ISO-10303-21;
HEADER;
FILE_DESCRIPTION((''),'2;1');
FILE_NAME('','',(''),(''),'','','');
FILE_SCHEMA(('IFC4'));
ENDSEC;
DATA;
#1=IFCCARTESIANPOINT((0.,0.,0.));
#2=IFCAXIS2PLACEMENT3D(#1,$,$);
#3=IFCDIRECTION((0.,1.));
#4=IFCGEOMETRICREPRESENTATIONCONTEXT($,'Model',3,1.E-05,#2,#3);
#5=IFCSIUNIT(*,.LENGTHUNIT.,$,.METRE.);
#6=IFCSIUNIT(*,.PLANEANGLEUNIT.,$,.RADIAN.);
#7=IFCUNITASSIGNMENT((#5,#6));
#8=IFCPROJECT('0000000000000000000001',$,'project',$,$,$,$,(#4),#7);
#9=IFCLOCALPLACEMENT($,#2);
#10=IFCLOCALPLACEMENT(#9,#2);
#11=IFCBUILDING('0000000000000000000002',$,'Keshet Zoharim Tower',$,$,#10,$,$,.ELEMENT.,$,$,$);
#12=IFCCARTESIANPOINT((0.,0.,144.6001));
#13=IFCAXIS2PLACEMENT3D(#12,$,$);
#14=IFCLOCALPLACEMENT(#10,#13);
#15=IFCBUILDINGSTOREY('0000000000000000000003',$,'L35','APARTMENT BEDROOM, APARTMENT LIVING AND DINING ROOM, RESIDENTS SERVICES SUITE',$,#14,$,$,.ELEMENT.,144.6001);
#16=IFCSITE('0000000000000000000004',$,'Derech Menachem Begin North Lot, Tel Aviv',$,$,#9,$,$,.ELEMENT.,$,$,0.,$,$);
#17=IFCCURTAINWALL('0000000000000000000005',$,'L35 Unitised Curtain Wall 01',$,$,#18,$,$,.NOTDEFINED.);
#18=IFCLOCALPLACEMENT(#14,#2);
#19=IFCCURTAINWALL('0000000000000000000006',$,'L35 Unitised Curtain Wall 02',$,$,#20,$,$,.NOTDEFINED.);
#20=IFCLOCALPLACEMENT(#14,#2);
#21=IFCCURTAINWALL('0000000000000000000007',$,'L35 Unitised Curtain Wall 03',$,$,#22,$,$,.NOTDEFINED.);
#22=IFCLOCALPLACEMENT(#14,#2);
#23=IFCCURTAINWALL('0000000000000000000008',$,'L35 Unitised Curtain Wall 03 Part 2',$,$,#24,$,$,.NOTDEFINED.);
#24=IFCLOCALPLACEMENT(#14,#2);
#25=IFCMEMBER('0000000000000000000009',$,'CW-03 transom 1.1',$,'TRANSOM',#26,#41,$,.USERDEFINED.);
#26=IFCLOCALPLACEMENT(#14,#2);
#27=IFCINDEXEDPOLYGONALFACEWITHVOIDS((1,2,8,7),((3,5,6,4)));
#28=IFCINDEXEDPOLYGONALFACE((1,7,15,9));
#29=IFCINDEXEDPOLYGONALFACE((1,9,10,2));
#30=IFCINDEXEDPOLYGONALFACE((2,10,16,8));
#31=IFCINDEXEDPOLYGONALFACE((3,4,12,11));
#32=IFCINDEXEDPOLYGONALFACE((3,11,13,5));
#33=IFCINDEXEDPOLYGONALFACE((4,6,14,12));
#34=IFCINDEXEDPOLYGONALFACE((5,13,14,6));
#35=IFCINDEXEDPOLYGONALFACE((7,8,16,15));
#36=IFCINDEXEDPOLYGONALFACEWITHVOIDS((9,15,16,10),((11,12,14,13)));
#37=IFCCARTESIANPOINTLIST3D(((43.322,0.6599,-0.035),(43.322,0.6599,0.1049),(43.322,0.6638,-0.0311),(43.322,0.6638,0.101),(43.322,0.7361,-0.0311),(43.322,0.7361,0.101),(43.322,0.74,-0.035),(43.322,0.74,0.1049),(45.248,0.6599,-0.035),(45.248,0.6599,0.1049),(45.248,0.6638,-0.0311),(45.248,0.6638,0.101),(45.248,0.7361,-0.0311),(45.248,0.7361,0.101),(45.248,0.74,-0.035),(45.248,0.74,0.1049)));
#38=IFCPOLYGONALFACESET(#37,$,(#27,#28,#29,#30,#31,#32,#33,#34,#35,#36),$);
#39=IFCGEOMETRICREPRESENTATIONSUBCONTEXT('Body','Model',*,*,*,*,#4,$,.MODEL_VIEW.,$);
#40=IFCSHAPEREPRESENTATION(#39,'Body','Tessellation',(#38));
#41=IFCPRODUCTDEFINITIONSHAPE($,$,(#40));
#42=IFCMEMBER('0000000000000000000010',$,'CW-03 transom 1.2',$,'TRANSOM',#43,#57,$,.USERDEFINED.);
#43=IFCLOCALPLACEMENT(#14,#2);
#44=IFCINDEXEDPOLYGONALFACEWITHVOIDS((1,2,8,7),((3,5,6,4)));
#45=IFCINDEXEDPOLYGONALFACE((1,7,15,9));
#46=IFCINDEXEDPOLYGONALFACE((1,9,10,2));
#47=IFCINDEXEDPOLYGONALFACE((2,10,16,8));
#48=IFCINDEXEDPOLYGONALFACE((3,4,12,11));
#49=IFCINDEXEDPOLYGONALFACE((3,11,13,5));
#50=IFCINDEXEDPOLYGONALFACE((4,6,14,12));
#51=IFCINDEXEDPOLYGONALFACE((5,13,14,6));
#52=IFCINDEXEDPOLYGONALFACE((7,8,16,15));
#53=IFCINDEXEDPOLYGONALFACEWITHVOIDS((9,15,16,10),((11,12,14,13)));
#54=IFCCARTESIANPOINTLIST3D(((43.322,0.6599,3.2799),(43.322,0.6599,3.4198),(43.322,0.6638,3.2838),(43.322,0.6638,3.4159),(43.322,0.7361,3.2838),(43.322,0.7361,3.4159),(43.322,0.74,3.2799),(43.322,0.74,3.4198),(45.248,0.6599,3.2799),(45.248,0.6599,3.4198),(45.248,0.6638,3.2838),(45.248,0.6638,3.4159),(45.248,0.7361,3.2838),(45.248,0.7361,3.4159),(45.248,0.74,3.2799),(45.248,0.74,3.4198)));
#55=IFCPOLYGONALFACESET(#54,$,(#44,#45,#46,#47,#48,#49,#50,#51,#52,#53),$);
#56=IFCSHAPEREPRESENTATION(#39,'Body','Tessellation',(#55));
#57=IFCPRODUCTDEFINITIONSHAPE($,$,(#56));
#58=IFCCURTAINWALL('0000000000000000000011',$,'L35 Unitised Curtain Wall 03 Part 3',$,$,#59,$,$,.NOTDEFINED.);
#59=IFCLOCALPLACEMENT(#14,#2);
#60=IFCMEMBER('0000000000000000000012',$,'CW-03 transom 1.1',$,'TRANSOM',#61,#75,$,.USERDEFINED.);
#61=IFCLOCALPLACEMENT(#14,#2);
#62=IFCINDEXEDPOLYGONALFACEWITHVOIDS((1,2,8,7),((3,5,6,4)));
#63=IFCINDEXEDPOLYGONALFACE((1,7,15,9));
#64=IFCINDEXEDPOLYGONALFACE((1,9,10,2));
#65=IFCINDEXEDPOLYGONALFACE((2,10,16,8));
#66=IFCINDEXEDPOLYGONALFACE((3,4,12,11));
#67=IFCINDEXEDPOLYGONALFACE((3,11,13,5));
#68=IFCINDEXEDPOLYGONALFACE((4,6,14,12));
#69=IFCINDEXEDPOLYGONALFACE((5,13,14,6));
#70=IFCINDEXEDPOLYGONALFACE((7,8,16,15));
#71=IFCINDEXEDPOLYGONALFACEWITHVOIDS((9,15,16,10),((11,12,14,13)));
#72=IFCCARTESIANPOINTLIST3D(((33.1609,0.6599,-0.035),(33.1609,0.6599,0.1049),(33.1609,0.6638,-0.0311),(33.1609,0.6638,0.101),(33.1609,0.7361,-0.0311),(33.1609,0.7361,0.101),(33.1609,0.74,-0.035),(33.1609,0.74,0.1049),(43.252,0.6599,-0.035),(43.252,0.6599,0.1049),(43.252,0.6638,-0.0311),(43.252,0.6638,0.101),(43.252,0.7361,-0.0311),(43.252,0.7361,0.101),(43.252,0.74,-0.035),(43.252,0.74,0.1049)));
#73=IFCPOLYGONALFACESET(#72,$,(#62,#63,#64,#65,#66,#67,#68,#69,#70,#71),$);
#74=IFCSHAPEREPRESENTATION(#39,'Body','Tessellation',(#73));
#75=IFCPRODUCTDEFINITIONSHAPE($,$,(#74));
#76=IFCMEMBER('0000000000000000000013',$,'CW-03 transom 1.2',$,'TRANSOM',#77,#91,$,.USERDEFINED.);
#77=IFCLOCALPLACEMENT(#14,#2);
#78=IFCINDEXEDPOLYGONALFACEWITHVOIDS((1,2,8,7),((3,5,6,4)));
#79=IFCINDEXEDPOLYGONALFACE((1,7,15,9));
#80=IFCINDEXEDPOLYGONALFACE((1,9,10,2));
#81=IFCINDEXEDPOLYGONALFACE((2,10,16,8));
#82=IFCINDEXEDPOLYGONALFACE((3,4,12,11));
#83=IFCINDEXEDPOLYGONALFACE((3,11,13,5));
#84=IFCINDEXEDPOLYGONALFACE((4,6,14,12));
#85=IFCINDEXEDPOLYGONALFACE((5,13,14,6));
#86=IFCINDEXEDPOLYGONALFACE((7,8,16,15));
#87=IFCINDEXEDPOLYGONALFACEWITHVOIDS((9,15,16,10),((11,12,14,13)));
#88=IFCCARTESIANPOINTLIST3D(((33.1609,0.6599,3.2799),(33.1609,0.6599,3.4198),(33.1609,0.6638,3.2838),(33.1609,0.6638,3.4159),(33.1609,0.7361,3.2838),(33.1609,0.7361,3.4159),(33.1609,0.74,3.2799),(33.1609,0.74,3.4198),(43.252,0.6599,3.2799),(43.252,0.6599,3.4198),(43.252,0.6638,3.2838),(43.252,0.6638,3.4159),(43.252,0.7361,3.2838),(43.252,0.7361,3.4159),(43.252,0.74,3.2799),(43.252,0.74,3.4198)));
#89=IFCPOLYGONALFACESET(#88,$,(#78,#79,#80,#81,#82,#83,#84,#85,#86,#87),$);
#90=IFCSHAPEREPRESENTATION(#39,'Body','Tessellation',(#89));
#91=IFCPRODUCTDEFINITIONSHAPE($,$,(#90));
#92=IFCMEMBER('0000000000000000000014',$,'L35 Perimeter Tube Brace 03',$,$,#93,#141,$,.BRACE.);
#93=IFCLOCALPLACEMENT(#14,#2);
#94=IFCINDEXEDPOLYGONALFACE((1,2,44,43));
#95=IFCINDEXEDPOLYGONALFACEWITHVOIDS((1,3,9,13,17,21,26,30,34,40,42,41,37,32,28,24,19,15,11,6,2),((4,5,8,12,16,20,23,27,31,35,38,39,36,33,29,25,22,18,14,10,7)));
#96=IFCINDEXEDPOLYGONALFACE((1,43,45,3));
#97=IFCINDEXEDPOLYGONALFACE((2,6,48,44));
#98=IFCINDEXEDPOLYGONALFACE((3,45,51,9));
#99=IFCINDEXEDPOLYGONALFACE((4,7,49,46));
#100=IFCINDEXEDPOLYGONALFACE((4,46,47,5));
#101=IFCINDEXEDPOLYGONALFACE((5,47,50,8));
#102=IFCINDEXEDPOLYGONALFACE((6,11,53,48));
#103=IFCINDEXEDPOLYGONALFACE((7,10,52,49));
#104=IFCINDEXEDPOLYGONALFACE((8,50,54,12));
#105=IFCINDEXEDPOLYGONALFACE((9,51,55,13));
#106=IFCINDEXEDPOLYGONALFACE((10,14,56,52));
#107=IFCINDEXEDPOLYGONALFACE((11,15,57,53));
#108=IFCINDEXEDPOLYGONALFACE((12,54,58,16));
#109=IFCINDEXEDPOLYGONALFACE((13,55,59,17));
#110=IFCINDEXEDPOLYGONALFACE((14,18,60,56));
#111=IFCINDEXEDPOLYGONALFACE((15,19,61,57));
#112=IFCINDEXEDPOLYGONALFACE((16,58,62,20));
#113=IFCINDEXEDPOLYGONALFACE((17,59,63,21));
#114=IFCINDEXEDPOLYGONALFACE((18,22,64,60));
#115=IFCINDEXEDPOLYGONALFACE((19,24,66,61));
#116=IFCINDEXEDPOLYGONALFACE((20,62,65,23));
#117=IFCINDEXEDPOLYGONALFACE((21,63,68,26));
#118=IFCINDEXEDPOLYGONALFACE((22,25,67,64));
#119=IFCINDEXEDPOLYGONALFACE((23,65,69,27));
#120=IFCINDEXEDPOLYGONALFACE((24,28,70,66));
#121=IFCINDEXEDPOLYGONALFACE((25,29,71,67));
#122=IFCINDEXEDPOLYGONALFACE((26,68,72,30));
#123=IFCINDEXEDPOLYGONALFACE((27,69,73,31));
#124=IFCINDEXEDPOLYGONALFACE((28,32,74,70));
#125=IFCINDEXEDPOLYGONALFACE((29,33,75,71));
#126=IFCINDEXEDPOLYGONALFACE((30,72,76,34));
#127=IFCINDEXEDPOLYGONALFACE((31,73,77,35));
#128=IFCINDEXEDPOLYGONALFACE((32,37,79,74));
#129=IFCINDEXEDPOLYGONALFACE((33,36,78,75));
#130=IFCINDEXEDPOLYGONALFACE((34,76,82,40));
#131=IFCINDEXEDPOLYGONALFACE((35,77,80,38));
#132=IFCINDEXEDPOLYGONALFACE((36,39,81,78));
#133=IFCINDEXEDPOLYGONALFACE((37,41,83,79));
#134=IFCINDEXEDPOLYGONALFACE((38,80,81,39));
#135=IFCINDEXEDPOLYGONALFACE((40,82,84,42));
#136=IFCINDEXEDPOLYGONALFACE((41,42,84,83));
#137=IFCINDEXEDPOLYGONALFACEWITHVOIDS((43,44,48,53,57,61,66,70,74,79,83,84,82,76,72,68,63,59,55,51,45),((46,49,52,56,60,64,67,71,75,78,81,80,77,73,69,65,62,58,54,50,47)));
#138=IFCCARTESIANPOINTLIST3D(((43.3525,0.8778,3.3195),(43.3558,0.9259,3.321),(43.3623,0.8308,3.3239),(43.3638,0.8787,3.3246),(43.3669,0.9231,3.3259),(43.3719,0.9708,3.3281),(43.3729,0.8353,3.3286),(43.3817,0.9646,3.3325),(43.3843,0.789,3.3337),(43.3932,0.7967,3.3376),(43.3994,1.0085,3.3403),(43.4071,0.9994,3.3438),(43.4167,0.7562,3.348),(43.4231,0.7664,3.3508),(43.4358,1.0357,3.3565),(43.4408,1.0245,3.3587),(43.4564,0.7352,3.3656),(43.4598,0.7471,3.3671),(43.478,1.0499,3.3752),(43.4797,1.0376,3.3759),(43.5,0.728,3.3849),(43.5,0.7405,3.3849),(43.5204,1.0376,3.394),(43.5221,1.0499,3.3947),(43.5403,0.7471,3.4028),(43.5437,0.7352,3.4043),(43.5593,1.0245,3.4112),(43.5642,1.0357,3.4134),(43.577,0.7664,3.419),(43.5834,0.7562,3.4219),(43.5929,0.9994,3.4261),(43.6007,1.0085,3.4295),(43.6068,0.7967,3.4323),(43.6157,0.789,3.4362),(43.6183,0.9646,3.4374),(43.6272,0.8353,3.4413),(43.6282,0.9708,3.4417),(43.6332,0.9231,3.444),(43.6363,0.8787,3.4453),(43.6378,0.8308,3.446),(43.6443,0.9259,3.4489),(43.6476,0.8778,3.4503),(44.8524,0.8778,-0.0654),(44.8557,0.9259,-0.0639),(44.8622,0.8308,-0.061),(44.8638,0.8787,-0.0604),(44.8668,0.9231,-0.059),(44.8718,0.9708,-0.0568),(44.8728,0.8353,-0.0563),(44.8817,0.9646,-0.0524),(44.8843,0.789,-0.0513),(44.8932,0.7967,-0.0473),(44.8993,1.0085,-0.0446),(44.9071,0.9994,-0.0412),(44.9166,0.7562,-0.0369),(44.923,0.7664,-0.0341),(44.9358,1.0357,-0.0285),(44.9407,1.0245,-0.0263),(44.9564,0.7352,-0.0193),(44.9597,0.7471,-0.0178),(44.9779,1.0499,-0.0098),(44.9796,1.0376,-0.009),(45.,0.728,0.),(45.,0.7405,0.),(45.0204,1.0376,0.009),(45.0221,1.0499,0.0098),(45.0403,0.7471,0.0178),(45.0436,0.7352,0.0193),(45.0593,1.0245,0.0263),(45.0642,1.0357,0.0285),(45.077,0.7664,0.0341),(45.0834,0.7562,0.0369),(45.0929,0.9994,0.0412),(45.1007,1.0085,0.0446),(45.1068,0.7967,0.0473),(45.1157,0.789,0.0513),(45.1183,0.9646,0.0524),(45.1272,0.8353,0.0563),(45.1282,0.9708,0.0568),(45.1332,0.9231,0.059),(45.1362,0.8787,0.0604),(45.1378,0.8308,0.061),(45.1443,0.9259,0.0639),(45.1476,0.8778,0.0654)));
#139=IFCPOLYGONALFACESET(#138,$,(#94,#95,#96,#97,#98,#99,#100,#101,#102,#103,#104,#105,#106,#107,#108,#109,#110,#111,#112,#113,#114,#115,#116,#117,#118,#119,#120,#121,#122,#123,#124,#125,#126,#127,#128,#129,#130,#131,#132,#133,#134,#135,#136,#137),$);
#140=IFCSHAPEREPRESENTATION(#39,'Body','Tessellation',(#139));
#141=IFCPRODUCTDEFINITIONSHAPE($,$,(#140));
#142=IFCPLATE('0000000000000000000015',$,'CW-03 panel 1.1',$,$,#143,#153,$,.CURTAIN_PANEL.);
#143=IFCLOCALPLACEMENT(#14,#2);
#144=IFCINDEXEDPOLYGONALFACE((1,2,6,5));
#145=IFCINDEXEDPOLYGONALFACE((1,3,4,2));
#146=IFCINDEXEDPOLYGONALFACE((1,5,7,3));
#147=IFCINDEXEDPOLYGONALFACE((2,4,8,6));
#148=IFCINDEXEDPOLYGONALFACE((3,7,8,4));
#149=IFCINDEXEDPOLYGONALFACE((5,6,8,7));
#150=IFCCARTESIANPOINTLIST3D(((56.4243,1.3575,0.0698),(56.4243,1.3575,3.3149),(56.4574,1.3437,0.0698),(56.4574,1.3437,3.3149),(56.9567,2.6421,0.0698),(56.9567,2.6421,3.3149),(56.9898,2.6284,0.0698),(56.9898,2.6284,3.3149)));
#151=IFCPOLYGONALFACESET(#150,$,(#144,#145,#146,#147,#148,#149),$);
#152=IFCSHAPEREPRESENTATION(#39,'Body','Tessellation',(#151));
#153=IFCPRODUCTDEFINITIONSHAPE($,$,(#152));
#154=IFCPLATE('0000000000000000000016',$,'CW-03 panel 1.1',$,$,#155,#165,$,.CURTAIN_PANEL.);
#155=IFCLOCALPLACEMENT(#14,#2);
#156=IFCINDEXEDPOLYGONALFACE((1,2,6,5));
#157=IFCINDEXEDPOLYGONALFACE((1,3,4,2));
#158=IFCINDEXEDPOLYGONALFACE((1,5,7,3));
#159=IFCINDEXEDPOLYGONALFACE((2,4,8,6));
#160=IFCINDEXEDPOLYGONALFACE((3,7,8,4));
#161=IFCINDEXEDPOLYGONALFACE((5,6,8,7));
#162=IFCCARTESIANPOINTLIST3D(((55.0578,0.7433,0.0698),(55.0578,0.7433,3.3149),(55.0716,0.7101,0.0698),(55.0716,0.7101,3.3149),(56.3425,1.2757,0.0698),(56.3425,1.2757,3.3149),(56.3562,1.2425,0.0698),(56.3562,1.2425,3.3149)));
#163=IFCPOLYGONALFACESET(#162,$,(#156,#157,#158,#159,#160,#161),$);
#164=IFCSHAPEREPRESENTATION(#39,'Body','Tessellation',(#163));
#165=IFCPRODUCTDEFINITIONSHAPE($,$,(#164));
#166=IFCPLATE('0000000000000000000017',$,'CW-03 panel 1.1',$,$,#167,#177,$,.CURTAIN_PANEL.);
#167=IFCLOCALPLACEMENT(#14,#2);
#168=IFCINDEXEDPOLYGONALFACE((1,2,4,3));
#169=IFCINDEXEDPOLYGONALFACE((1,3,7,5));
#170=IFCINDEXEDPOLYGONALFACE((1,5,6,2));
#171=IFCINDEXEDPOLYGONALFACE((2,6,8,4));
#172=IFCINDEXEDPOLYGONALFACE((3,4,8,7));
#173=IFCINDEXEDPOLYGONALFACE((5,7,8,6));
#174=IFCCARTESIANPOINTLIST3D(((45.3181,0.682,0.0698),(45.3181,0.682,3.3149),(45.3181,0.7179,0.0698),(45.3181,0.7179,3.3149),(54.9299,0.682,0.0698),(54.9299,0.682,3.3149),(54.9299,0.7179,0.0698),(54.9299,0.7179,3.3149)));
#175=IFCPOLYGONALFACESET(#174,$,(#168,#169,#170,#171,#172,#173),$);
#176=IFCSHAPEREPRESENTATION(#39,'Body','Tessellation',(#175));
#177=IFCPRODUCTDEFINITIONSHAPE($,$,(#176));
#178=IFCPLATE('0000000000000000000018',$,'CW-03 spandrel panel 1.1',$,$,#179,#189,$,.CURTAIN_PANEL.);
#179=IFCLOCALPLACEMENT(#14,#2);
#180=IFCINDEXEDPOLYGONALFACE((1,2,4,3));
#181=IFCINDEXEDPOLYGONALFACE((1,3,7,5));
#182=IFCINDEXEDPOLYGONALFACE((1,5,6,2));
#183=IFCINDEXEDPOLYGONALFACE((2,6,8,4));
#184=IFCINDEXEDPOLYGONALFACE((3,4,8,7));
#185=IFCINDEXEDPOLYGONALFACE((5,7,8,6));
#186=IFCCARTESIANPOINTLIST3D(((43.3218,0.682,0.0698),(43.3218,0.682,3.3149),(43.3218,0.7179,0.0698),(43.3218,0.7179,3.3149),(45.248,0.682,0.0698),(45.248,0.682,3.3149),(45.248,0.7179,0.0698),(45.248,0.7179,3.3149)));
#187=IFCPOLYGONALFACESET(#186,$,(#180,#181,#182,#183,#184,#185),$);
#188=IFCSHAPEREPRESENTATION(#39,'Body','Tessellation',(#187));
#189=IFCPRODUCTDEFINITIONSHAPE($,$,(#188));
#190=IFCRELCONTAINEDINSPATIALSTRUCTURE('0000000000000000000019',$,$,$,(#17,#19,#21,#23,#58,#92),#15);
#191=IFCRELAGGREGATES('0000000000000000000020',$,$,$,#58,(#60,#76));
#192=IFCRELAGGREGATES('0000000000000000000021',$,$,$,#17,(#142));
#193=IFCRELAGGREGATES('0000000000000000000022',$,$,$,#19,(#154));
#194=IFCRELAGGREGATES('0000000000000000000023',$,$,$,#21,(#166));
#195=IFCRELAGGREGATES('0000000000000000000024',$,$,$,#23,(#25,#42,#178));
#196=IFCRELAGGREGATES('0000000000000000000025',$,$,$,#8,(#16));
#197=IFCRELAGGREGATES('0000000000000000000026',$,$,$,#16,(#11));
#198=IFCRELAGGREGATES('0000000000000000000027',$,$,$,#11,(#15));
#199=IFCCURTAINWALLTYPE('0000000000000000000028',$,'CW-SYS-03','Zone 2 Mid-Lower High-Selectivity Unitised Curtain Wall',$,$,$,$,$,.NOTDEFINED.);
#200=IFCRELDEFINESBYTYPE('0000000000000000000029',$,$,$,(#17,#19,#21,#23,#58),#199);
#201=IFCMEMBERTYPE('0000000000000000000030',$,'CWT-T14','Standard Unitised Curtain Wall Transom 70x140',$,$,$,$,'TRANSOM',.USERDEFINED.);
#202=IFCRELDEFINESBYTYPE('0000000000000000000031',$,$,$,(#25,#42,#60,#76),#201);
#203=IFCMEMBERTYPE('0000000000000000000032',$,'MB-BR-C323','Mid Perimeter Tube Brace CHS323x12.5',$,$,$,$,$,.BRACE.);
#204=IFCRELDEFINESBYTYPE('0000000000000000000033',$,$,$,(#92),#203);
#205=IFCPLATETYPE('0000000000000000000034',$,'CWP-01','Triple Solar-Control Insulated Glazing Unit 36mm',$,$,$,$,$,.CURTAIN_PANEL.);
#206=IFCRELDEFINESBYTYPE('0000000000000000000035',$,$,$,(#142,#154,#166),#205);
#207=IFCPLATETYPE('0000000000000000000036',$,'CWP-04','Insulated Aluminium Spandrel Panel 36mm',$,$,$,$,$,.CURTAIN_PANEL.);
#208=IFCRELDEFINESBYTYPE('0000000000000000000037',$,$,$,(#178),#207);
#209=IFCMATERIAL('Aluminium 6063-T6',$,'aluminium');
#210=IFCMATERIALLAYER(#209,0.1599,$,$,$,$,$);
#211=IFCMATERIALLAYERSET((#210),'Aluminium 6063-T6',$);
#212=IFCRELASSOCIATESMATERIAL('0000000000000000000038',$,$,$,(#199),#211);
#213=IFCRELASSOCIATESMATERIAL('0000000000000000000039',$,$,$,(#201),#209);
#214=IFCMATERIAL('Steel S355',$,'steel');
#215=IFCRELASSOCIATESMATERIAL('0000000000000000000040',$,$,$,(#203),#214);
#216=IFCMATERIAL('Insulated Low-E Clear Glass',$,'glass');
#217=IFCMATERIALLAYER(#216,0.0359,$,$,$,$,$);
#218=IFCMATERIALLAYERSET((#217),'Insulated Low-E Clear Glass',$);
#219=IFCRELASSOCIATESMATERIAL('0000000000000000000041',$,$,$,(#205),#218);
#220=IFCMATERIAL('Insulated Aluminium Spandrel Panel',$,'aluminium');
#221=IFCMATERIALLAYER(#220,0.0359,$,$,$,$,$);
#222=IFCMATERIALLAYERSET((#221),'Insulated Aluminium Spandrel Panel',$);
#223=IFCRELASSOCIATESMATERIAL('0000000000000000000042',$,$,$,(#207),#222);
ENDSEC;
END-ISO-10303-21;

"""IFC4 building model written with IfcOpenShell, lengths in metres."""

from ifc_helpers import new_model, si_unit, direction, frame, origin, origin_2d, place, context, subcontext, project, spatial, rectangle, hollow_rectangle, hollow_circle, extrude, material, layer, layer_set, material_profile, profile_set, type_object, element, aggregate, save


model = new_model("IFC4")

# Units and contexts
model_context = context("Model", 3, precision=1e-05, world=origin(), true_north=direction((0.0, 1.0)))
body_context = subcontext(model_context, "Body", "Model", "MODEL_VIEW")
ifc_project = project(units=[si_unit("LENGTHUNIT", "METRE"), si_unit("PLANEANGLEUNIT", "RADIAN")], contexts=[model_context])

# Site, building, storey
site_placement = place(None, origin())
site = spatial("IfcSite", under=ifc_project, at=site_placement, Name="Derech Menachem Begin North Lot, Tel Aviv", CompositionType="ELEMENT", RefElevation=0.0)
building_placement = place(site_placement, origin())
building = spatial("IfcBuilding", under=site, at=building_placement, Name="Keshet Zoharim Tower", CompositionType="ELEMENT")
storey_placement = place(building_placement, frame((0.0, 0.0, 144.6001)))
storey = spatial("IfcBuildingStorey", under=building, at=storey_placement, Name="L35", Description="APARTMENT BEDROOM, APARTMENT LIVING AND DINING ROOM, RESIDENTS SERVICES SUITE", CompositionType="ELEMENT", Elevation=144.6001)

# Shared definitions
ifc_material_1 = material(Name="Steel S355", Category="steel")

# Curtain walls
ifc_material_2 = material(Name="Aluminium 6063-T6", Category="aluminium")
ifc_layer_1 = layer(ifc_material_2, 0.1599)
ifc_layer_set_1 = layer_set([ifc_layer_1], Name="Aluminium 6063-T6")
curtain_wall_type = type_object("IfcCurtainWallType", Name="CW-SYS-03", Description="Zone 2 Mid-Lower High-Selectivity Unitised Curtain Wall", PredefinedType="NOTDEFINED", material=ifc_layer_set_1)
curtain_wall_1_placement = place(storey_placement, origin())
curtain_wall_1 = element("IfcCurtainWall", 1, at=curtain_wall_1_placement, inside=storey, type_object=curtain_wall_type, Name="L35 Unitised Curtain Wall 01", PredefinedType="NOTDEFINED")
curtain_wall_2_placement = place(storey_placement, origin())
curtain_wall_2 = element("IfcCurtainWall", 2, at=curtain_wall_2_placement, inside=storey, type_object=curtain_wall_type, Name="L35 Unitised Curtain Wall 02", PredefinedType="NOTDEFINED")
curtain_wall_3_placement = place(storey_placement, origin())
curtain_wall_3 = element("IfcCurtainWall", 3, at=curtain_wall_3_placement, inside=storey, type_object=curtain_wall_type, Name="L35 Unitised Curtain Wall 03", PredefinedType="NOTDEFINED")

# Curtain wall
curtain_wall_4_placement = place(storey_placement, origin())
curtain_wall_4 = element("IfcCurtainWall", 4, at=curtain_wall_4_placement, inside=storey, type_object=curtain_wall_type, Name="L35 Unitised Curtain Wall 03 Part 2", PredefinedType="NOTDEFINED")

# Members
ifc_material_profile_1 = material_profile(ifc_material_2, hollow_rectangle(XDim=0.0801, YDim=0.1399, WallThickness=0.0039, at=origin_2d()), Name="TRN-80x140")
ifc_profile_set_1 = profile_set([ifc_material_profile_1], Name="Aluminium 6063-T6")
member_type_1 = type_object("IfcMemberType", Name="CWT-T14", Description="Standard Unitised Curtain Wall Transom 70x140", ElementType="TRANSOM", PredefinedType="USERDEFINED", material=ifc_profile_set_1)
member_1_placement = place(storey_placement, frame((45.248, 0.7, 0.0349), z_axis=(-1.0, 0.0, 0.0), x_axis=(0.0, -1.0, 0.0)))
member_1 = element("IfcMember", 5, at=member_1_placement, type_object=member_type_1, Name="CW-03 transom 1.1", ObjectType="TRANSOM", PredefinedType="USERDEFINED", context=body_context, shape_type="SweptSolid", body=[
    extrude(hollow_rectangle(XDim=0.0801, YDim=0.1399, WallThickness=0.0039, at=origin_2d()), origin(), (0.0, 0.0, 1.0), 1.926),
])
member_2_placement = place(storey_placement, frame((45.248, 0.7, 3.3499), z_axis=(-1.0, 0.0, 0.0), x_axis=(0.0, -1.0, 0.0)))
member_2 = element("IfcMember", 6, at=member_2_placement, type_object=member_type_1, Name="CW-03 transom 1.2", ObjectType="TRANSOM", PredefinedType="USERDEFINED", context=body_context, shape_type="SweptSolid", body=[
    extrude(hollow_rectangle(XDim=0.0801, YDim=0.1399, WallThickness=0.0039, at=origin_2d()), origin(), (0.0, 0.0, 1.0), 1.926),
])

# Curtain wall, members
curtain_wall_5_placement = place(storey_placement, origin())
curtain_wall_5 = element("IfcCurtainWall", 7, at=curtain_wall_5_placement, inside=storey, type_object=curtain_wall_type, Name="L35 Unitised Curtain Wall 03 Part 3", PredefinedType="NOTDEFINED")
member_3_placement = place(storey_placement, frame((43.252, 0.7, 0.0349), z_axis=(-1.0, 0.0, 0.0), x_axis=(0.0, -1.0, 0.0)))
member_3 = element("IfcMember", 8, at=member_3_placement, type_object=member_type_1, Name="CW-03 transom 1.1", ObjectType="TRANSOM", PredefinedType="USERDEFINED", context=body_context, shape_type="SweptSolid", body=[
    extrude(hollow_rectangle(XDim=0.0801, YDim=0.1399, WallThickness=0.0039, at=origin_2d()), origin(), (0.0, 0.0, 1.0), 10.0911),
])
member_4_placement = place(storey_placement, frame((43.252, 0.7, 3.3499), z_axis=(-1.0, 0.0, 0.0), x_axis=(0.0, -1.0, 0.0)))
member_4 = element("IfcMember", 9, at=member_4_placement, type_object=member_type_1, Name="CW-03 transom 1.2", ObjectType="TRANSOM", PredefinedType="USERDEFINED", context=body_context, shape_type="SweptSolid", body=[
    extrude(hollow_rectangle(XDim=0.0801, YDim=0.1399, WallThickness=0.0039, at=origin_2d()), origin(), (0.0, 0.0, 1.0), 10.0911),
])
aggregate(curtain_wall_5, [member_3, member_4])

# Member
ifc_material_profile_2 = material_profile(ifc_material_1, hollow_circle(Radius=0.1619, WallThickness=0.0125, at=origin_2d()), Name="CHS323x12.5")
ifc_profile_set_2 = profile_set([ifc_material_profile_2], Name="Steel S355")
member_type_2 = type_object("IfcMemberType", Name="MB-BR-C323", Description="Mid Perimeter Tube Brace CHS323x12.5", PredefinedType="BRACE", material=ifc_profile_set_2)
member_5_placement = place(storey_placement, frame((45.0, 0.8899, 0.0), z_axis=(-0.405135, 0.0, 0.914257), x_axis=(0.0, -1.0, 0.0)))
element("IfcMember", 10, at=member_5_placement, inside=storey, type_object=member_type_2, Name="L35 Perimeter Tube Brace 03", PredefinedType="BRACE", context=body_context, shape_type="SweptSolid", body=[
    extrude(hollow_circle(Radius=0.1619, WallThickness=0.0125, at=origin_2d()), origin(), (0.0, 0.0, 1.0), 3.7024),
])

# Plates
ifc_material_3 = material(Name="Insulated Low-E Clear Glass", Category="glass")
ifc_layer_2 = layer(ifc_material_3, 0.0359)
ifc_layer_set_2 = layer_set([ifc_layer_2], Name="Insulated Low-E Clear Glass")
plate_type_1 = type_object("IfcPlateType", Name="CWP-01", Description="Triple Solar-Control Insulated Glazing Unit 36mm", PredefinedType="CURTAIN_PANEL", material=ifc_layer_set_2)
plate_1_placement = place(storey_placement, frame((56.707, 1.9929, 0.0698), z_axis=(0.0, 0.0, 1.0), x_axis=(-0.382852, -0.92381, 0.0)))
plate_1 = element("IfcPlate", 11, at=plate_1_placement, type_object=plate_type_1, Name="CW-03 panel 1.1", PredefinedType="CURTAIN_PANEL", context=body_context, shape_type="SweptSolid", body=[
    extrude(rectangle(XDim=1.3906, YDim=0.0359, at=origin_2d()), origin(), (0.0, 0.0, 1.0), 3.2451),
])
aggregate(curtain_wall_1, [plate_1])
plate_2_placement = place(storey_placement, frame((55.707, 0.9929, 0.0698), z_axis=(0.0, 0.0, 1.0), x_axis=(-0.92381, -0.382852, 0.0)))
plate_2 = element("IfcPlate", 12, at=plate_2_placement, type_object=plate_type_1, Name="CW-03 panel 1.1", PredefinedType="CURTAIN_PANEL", context=body_context, shape_type="SweptSolid", body=[
    extrude(rectangle(XDim=1.3906, YDim=0.0359, at=origin_2d()), origin(), (0.0, 0.0, 1.0), 3.2451),
])
aggregate(curtain_wall_2, [plate_2])
plate_3_placement = place(storey_placement, frame((50.124, 0.7, 0.0698), z_axis=(0.0, 0.0, 1.0), x_axis=(-1.0, 0.0, 0.0)))
plate_3 = element("IfcPlate", 13, at=plate_3_placement, type_object=plate_type_1, Name="CW-03 panel 1.1", PredefinedType="CURTAIN_PANEL", context=body_context, shape_type="SweptSolid", body=[
    extrude(rectangle(XDim=9.6118, YDim=0.0359, at=origin_2d()), origin(), (0.0, 0.0, 1.0), 3.2451),
])
aggregate(curtain_wall_3, [plate_3])
ifc_material_4 = material(Name="Insulated Aluminium Spandrel Panel", Category="aluminium")
ifc_layer_3 = layer(ifc_material_4, 0.0359)
ifc_layer_set_3 = layer_set([ifc_layer_3], Name="Insulated Aluminium Spandrel Panel")
plate_type_2 = type_object("IfcPlateType", Name="CWP-04", Description="Insulated Aluminium Spandrel Panel 36mm", PredefinedType="CURTAIN_PANEL", material=ifc_layer_set_3)
plate_4_placement = place(storey_placement, frame((44.2849, 0.7, 0.0698), z_axis=(0.0, 0.0, 1.0), x_axis=(-1.0, 0.0, 0.0)))
plate_4 = element("IfcPlate", 14, at=plate_4_placement, type_object=plate_type_2, Name="CW-03 spandrel panel 1.1", PredefinedType="CURTAIN_PANEL", context=body_context, shape_type="SweptSolid", body=[
    extrude(rectangle(XDim=1.9263, YDim=0.0359, at=origin_2d()), origin(), (0.0, 0.0, 1.0), 3.2451),
])
aggregate(curtain_wall_4, [member_1, member_2, plate_4])

save(model, "model.ifc")
